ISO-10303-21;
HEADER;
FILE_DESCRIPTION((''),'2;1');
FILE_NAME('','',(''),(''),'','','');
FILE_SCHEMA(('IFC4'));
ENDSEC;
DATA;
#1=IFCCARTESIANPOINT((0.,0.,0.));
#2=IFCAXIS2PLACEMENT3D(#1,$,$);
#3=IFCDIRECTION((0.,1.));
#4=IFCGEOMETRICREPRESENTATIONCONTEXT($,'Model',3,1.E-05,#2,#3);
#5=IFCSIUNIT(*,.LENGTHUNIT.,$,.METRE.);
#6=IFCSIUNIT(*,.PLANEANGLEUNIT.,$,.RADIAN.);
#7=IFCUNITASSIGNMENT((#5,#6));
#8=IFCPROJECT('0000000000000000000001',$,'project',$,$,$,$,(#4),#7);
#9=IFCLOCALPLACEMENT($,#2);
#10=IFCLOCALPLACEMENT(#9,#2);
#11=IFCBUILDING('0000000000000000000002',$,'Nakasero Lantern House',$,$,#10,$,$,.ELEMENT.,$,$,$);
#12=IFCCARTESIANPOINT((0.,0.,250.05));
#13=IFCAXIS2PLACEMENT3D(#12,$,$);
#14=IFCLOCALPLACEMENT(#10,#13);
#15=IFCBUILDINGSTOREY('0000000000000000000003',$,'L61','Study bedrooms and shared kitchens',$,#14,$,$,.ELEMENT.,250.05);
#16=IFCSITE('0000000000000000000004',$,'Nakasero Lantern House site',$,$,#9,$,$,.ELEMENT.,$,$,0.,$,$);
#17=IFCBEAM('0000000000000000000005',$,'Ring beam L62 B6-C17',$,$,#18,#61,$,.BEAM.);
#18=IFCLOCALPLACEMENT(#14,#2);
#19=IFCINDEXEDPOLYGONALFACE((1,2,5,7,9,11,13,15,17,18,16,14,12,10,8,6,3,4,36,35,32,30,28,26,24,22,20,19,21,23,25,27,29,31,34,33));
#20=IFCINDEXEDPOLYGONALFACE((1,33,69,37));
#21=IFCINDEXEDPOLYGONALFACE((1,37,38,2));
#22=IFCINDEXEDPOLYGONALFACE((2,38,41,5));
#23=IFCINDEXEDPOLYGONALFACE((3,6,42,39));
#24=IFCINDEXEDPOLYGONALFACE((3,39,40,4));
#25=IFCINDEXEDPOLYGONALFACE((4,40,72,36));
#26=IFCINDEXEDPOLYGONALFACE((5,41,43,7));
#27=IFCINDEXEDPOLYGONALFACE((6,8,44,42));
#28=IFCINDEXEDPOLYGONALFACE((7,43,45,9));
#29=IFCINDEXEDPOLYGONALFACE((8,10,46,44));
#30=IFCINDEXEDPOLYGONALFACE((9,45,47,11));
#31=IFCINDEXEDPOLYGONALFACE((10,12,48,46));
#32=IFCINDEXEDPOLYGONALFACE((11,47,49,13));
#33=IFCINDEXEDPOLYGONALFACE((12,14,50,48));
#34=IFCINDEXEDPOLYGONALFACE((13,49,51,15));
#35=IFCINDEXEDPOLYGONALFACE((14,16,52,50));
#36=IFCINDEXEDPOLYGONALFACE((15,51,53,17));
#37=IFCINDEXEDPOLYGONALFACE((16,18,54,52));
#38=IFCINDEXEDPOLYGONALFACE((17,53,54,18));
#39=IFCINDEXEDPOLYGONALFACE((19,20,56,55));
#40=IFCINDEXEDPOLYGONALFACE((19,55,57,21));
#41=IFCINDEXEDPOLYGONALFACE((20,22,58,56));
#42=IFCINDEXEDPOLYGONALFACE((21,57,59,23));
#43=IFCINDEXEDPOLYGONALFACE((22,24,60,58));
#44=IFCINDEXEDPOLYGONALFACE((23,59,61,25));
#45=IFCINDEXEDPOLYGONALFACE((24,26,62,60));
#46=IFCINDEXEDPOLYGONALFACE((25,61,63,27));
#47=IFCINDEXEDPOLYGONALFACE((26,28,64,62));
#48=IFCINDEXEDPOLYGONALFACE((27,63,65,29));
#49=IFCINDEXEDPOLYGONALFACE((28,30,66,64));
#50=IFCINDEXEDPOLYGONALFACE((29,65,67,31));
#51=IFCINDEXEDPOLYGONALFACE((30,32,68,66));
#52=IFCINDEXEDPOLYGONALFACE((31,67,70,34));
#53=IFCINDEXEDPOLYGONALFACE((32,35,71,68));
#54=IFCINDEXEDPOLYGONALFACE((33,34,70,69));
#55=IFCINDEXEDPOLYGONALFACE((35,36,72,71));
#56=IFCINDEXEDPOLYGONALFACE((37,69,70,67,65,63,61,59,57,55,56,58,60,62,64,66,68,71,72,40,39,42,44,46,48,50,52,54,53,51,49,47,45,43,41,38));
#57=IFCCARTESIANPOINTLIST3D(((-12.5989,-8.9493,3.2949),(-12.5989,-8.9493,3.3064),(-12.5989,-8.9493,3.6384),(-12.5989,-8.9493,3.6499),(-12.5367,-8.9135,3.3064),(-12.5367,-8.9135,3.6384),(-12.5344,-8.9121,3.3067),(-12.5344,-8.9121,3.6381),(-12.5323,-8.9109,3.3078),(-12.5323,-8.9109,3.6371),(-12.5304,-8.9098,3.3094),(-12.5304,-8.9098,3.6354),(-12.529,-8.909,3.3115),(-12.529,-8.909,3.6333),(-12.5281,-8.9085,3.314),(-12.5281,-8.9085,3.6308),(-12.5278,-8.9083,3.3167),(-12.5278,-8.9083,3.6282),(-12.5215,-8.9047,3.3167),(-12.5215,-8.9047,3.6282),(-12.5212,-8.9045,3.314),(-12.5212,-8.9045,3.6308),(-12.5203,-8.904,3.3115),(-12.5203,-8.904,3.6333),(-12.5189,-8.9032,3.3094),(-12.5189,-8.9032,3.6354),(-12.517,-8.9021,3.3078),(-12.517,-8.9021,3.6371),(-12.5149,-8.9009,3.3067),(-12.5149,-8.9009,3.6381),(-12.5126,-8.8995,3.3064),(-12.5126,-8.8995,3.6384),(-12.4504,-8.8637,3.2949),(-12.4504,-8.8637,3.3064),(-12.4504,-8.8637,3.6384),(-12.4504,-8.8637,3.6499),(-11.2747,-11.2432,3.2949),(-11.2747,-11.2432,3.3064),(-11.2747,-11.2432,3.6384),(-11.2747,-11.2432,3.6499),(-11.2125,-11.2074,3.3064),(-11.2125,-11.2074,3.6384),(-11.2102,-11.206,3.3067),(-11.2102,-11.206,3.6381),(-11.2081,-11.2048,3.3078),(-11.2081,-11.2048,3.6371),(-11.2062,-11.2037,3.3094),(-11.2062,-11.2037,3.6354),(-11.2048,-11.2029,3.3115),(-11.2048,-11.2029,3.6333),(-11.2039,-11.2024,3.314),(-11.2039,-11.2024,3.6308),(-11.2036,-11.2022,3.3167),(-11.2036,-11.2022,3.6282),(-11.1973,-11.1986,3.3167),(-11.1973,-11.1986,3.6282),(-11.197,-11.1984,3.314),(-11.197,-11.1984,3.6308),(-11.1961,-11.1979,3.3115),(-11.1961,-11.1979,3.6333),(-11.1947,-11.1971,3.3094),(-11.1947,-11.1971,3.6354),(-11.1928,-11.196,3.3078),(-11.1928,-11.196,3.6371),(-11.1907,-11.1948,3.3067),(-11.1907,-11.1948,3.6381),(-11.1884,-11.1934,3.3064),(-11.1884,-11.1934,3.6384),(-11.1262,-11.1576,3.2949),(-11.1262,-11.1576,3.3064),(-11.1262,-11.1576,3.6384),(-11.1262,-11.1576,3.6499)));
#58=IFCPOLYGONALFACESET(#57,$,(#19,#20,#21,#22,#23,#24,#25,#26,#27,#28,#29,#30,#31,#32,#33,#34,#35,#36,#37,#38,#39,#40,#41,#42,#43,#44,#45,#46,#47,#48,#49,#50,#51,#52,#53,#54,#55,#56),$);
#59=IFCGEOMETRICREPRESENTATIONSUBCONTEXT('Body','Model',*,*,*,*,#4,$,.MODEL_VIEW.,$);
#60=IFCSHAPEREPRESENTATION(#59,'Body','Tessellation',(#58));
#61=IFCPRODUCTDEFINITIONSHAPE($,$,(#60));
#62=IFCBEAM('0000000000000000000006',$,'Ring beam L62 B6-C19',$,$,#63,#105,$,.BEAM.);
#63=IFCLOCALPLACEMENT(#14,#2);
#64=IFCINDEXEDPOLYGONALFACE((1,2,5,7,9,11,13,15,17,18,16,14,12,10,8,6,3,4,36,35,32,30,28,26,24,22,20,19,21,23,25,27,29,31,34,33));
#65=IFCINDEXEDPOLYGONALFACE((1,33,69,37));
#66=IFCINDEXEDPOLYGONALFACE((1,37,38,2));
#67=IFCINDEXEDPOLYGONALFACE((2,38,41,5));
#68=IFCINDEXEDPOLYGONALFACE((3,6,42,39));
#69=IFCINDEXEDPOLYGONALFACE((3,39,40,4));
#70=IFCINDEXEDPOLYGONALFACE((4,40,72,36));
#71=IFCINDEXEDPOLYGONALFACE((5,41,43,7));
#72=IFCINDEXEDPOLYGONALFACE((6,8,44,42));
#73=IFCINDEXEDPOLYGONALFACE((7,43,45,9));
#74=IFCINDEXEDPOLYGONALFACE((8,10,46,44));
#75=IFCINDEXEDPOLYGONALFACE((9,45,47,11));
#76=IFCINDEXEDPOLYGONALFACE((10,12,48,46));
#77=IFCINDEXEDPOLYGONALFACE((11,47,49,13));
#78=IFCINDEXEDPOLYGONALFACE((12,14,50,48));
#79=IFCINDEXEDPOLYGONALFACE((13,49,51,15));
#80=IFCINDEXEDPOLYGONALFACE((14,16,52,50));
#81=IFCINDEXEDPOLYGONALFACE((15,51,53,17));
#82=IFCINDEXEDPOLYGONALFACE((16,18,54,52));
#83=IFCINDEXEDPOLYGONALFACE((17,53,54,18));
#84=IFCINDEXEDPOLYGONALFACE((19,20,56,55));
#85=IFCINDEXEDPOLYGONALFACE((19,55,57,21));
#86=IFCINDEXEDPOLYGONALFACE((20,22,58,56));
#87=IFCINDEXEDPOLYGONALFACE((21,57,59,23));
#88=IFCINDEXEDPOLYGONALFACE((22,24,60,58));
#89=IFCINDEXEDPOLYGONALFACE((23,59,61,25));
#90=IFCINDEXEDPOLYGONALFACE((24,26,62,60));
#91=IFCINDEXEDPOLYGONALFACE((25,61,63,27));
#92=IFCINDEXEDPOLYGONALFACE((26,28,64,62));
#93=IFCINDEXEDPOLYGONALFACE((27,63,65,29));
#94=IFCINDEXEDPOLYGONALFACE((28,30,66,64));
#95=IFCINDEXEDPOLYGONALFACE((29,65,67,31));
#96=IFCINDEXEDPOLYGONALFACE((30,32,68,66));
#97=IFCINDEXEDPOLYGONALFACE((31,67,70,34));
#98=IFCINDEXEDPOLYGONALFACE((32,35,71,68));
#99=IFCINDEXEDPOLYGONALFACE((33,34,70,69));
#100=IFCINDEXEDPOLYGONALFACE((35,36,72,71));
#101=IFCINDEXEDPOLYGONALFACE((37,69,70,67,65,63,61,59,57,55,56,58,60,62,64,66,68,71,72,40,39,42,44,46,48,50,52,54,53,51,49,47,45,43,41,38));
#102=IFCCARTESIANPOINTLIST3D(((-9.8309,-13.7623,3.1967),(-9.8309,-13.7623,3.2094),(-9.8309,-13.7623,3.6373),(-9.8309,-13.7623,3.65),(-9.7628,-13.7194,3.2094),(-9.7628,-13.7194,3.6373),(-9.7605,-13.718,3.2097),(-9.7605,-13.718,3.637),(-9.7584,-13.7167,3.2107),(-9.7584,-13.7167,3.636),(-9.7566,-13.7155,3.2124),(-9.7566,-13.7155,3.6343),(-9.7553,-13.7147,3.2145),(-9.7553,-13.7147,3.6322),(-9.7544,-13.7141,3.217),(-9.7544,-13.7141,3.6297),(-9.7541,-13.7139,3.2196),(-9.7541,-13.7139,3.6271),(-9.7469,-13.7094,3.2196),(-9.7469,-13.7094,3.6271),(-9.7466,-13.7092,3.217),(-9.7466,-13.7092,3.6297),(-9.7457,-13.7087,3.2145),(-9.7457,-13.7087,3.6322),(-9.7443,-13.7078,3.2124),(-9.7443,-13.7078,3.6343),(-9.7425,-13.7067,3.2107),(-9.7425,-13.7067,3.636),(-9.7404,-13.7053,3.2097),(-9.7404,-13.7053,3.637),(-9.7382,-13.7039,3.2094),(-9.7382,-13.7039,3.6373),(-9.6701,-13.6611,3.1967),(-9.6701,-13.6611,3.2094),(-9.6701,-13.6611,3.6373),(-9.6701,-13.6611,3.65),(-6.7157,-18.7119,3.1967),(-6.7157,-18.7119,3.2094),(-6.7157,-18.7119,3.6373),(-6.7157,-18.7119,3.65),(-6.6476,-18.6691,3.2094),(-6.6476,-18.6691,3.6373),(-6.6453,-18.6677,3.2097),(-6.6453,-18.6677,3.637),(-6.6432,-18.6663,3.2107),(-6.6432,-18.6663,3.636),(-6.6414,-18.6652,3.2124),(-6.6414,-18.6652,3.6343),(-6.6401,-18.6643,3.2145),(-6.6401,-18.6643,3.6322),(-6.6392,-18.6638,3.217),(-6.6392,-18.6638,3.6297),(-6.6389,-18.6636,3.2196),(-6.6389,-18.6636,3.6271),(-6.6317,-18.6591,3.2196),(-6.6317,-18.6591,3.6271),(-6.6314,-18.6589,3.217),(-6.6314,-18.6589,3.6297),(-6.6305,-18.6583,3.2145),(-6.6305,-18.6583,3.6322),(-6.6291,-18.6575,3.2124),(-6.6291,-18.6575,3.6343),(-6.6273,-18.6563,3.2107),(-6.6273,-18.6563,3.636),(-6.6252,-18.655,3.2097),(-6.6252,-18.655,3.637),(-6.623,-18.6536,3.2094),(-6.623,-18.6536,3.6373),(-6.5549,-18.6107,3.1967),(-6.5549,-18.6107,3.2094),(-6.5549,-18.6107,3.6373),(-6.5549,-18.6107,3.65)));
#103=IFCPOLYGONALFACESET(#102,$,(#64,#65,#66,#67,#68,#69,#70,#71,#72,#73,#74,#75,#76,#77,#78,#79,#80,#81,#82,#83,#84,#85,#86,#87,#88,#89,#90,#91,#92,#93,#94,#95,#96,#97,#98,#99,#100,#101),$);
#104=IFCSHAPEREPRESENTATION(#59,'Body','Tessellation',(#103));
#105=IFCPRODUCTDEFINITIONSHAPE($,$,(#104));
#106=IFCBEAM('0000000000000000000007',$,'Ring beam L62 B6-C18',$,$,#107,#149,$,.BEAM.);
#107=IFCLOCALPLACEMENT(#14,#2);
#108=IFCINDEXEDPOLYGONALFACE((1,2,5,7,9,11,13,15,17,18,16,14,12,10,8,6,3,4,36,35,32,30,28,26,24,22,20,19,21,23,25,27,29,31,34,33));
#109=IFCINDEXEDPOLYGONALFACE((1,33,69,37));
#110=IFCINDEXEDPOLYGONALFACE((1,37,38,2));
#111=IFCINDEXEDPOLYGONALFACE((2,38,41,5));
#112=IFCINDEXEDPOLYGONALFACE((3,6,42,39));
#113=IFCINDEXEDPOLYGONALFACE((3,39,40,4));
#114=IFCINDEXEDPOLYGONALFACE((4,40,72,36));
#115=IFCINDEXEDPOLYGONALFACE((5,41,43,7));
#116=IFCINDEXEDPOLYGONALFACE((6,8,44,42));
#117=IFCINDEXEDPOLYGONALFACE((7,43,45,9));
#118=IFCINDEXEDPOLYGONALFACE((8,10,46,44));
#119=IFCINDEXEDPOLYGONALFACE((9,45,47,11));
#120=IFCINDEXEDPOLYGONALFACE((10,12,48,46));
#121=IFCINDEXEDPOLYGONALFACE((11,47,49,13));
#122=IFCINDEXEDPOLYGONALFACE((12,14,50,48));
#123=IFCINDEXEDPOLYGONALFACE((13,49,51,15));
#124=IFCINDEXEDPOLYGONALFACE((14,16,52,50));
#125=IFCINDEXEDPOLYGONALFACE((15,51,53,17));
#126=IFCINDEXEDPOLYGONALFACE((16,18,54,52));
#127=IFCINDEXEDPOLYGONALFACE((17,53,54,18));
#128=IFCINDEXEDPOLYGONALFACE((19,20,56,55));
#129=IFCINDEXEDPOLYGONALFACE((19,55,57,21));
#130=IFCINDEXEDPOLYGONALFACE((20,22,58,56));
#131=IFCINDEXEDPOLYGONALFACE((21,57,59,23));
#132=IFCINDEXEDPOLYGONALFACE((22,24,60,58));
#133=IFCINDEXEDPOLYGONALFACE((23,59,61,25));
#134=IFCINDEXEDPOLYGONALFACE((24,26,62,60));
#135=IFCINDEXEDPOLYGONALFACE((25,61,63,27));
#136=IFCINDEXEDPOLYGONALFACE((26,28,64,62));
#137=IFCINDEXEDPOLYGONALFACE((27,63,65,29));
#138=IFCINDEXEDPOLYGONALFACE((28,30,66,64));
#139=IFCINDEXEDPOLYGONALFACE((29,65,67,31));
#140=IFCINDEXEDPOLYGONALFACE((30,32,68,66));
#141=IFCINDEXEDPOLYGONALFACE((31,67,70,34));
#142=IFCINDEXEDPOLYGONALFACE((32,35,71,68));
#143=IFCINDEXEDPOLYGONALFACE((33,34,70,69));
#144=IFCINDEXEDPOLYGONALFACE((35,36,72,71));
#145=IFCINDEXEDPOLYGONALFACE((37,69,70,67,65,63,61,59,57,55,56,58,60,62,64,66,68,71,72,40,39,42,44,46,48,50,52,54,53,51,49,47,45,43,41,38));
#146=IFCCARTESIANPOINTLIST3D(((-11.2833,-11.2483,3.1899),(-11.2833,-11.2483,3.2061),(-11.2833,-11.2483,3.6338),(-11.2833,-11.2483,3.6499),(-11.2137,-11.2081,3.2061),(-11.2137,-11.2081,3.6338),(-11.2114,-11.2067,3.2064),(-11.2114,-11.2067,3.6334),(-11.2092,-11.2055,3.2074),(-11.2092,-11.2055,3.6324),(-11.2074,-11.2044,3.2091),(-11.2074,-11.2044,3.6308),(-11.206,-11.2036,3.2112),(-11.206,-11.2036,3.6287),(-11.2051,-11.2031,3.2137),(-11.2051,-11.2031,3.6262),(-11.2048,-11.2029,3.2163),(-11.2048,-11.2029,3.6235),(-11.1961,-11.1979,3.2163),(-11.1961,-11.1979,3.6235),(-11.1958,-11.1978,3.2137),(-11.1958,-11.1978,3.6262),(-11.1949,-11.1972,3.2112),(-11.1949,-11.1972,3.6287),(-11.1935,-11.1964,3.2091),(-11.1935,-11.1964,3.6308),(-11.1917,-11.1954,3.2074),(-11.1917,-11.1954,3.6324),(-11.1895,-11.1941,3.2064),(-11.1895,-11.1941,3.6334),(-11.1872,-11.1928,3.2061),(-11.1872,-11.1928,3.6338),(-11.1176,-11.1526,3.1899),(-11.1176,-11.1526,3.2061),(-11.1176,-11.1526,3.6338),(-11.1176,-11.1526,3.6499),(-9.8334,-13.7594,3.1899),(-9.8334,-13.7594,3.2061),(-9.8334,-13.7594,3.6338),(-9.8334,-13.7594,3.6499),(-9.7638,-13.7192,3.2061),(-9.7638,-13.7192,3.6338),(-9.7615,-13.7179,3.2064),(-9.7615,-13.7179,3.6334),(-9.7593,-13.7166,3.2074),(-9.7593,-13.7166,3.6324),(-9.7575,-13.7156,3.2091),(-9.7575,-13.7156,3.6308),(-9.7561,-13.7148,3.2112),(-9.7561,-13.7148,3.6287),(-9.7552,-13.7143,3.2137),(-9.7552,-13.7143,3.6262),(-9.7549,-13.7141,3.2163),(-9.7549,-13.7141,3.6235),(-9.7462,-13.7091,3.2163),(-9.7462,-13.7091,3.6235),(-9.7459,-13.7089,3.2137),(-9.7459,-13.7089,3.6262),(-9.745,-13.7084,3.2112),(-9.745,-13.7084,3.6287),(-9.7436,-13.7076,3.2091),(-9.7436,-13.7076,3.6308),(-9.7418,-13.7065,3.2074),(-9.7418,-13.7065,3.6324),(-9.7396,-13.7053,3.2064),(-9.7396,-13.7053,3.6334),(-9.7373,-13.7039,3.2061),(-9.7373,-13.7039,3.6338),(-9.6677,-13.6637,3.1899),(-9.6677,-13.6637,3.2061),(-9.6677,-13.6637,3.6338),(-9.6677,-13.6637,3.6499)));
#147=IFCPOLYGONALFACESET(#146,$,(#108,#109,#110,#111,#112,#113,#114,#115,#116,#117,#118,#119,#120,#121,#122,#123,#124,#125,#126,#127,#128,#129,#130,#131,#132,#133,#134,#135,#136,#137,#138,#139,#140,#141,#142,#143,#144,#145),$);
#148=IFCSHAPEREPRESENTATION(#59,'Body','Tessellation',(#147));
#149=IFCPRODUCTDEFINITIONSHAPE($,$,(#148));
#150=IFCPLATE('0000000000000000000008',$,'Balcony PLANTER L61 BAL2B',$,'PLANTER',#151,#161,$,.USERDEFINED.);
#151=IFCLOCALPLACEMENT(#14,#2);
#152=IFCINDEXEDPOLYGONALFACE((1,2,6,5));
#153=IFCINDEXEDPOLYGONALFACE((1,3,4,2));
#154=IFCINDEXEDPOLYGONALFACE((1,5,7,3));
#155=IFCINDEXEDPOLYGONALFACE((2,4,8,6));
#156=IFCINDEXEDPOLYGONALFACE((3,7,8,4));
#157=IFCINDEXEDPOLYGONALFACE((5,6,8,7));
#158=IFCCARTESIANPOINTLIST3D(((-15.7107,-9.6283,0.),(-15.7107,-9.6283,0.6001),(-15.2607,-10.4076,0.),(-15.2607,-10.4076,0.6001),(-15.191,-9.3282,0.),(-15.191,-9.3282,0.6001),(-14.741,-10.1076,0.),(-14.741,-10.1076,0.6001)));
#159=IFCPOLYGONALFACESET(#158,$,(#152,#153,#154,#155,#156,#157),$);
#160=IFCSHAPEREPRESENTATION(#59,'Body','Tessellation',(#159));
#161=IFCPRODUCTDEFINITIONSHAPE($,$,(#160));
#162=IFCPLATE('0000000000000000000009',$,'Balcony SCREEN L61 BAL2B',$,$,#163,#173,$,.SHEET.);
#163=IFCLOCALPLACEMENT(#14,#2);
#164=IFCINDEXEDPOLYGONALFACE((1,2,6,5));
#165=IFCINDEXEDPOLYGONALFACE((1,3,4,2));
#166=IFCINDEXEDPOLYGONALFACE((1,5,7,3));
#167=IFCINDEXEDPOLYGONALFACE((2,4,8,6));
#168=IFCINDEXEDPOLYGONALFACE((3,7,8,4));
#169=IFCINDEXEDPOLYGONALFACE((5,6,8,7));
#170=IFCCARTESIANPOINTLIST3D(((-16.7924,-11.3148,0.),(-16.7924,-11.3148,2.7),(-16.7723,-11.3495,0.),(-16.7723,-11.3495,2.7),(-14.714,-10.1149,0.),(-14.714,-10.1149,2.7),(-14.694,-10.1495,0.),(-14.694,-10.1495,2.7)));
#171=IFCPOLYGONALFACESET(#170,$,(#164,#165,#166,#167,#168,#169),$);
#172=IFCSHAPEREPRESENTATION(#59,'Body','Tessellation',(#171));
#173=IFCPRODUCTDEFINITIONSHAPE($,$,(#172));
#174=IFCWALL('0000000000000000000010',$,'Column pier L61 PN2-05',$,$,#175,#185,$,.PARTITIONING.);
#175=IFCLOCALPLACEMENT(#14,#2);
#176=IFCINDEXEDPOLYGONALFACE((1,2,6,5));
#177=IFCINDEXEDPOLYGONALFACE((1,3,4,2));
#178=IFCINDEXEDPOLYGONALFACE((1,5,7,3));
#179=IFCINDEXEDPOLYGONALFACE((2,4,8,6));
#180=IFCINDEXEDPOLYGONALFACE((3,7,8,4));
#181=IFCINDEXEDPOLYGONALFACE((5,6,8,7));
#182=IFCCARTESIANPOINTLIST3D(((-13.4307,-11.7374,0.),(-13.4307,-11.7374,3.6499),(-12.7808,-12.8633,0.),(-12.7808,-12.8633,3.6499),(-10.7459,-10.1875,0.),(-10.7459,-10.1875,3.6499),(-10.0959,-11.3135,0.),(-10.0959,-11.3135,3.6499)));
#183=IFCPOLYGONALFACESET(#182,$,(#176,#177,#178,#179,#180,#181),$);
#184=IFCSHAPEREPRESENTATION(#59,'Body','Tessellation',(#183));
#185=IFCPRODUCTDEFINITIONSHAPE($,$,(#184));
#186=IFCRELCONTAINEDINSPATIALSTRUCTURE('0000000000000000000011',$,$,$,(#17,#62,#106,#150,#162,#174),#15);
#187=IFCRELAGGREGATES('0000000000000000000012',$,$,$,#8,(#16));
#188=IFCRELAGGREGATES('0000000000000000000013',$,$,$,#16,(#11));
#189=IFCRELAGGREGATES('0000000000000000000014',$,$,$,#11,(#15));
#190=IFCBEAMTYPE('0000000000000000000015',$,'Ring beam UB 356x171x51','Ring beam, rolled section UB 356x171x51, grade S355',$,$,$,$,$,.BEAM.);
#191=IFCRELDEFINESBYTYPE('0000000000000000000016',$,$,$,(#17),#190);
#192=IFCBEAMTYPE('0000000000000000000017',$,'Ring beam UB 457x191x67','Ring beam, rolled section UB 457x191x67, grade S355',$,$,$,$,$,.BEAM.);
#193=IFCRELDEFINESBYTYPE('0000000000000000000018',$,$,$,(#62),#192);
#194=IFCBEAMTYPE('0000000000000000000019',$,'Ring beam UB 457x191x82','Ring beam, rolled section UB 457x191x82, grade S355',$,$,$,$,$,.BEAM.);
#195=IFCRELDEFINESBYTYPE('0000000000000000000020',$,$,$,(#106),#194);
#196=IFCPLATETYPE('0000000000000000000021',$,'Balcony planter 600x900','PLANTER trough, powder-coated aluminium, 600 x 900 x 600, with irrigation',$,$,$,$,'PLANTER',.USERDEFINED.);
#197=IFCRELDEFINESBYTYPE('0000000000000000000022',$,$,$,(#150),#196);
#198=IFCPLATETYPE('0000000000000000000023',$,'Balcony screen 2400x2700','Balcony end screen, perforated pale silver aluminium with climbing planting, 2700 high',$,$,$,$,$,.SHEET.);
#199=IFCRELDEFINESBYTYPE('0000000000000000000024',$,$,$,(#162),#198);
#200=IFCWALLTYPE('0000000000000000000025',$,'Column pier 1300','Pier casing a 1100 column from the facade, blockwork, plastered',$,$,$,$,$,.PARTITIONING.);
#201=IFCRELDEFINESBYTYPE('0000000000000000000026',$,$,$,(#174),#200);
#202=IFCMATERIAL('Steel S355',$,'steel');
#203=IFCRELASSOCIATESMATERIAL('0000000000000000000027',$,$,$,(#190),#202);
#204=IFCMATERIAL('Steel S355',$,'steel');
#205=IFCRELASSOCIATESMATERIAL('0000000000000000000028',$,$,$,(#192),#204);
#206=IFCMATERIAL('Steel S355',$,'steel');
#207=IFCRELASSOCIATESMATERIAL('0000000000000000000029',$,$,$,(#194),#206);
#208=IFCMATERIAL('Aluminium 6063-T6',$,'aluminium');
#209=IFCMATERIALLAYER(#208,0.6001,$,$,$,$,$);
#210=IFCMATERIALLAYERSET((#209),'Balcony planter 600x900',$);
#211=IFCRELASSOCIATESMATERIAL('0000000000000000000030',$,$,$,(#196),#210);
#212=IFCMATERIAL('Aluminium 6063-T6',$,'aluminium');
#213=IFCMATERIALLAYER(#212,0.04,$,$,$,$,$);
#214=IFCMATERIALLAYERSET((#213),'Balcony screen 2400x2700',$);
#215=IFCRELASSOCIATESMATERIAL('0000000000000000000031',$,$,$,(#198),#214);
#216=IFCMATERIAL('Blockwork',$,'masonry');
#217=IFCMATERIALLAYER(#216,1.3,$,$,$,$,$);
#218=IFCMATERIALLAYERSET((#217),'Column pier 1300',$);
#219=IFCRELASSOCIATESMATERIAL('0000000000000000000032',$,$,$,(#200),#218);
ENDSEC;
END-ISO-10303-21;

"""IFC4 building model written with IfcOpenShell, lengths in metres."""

from ifc_helpers import new_model, si_unit, direction, frame, frame_2d, origin, origin_2d, place, context, subcontext, project, spatial, rectangle, i_section, extrude, material, layer, layer_set, material_profile, profile_set, type_object, element, save


model = new_model("IFC4")

# Units and contexts
model_context = context("Model", 3, precision=1e-05, world=origin(), true_north=direction((0.0, 1.0)))
body_context = subcontext(model_context, "Body", "Model", "MODEL_VIEW")
ifc_project = project(units=[si_unit("LENGTHUNIT", "METRE"), si_unit("PLANEANGLEUNIT", "RADIAN")], contexts=[model_context])

# Site, building, storey
site_placement = place(None, origin())
site = spatial("IfcSite", under=ifc_project, at=site_placement, Name="Nakasero Lantern House site", CompositionType="ELEMENT", RefElevation=0.0)
building_placement = place(site_placement, origin())
building = spatial("IfcBuilding", under=site, at=building_placement, Name="Nakasero Lantern House", CompositionType="ELEMENT")
storey_placement = place(building_placement, frame((0.0, 0.0, 250.05)))
storey = spatial("IfcBuildingStorey", under=building, at=storey_placement, Name="L61", Description="Study bedrooms and shared kitchens", CompositionType="ELEMENT", Elevation=250.05)

# Beams
ifc_material_1 = material(Name="Steel S355", Category="steel")
ifc_material_profile_1 = material_profile(ifc_material_1, i_section(OverallWidth=0.1714, OverallDepth=0.355, WebThickness=0.0073, FlangeThickness=0.0115, FilletRadius=0.0103, at=origin_2d()), Name="UB 356x171x51")
ifc_profile_set_1 = profile_set([ifc_material_profile_1], Name="Steel S355")
beam_type_1 = type_object("IfcBeamType", Name="Ring beam UB 356x171x51", Description="Ring beam, rolled section UB 356x171x51, grade S355", PredefinedType="BEAM", material=ifc_profile_set_1)
beam_1_placement = place(storey_placement, frame((-12.5247, -8.9065, 3.4724), z_axis=(0.499946, -0.866057, 0.0), x_axis=(0.866057, 0.499946, 0.0)))
element("IfcBeam", 1, at=beam_1_placement, inside=storey, type_object=beam_type_1, Name="Ring beam L62 B6-C17", PredefinedType="BEAM", context=body_context, shape_type="SweptSolid", body=[
    extrude(i_section(OverallWidth=0.1714, OverallDepth=0.355, WebThickness=0.0073, FlangeThickness=0.0115, FilletRadius=0.0103, at=origin_2d()), origin(), (0.0, 0.0, 1.0), 2.6487),
])
ifc_material_2 = material(Name="Steel S355", Category="steel")
ifc_material_profile_2 = material_profile(ifc_material_2, i_section(OverallWidth=0.1899, OverallDepth=0.4534, WebThickness=0.0085, FlangeThickness=0.0127, FilletRadius=0.0103, at=origin_2d()), Name="UB 457x191x67")
ifc_profile_set_2 = profile_set([ifc_material_profile_2], Name="Steel S355")
beam_type_2 = type_object("IfcBeamType", Name="Ring beam UB 457x191x67", Description="Ring beam, rolled section UB 457x191x67, grade S355", PredefinedType="BEAM", material=ifc_profile_set_2)
beam_2_placement = place(storey_placement, frame((-9.7505, -13.7117, 3.4233), z_axis=(0.53266, -0.846329, 0.0), x_axis=(0.846329, 0.53266, 0.0)))
element("IfcBeam", 2, at=beam_2_placement, inside=storey, type_object=beam_type_2, Name="Ring beam L62 B6-C19", PredefinedType="BEAM", context=body_context, shape_type="SweptSolid", body=[
    extrude(i_section(OverallWidth=0.1899, OverallDepth=0.4534, WebThickness=0.0085, FlangeThickness=0.0127, FilletRadius=0.0103, at=origin_2d()), origin(), (0.0, 0.0, 1.0), 5.8484),
])
ifc_material_3 = material(Name="Steel S355", Category="steel")
ifc_material_profile_3 = material_profile(ifc_material_3, i_section(OverallWidth=0.1914, OverallDepth=0.46, WebThickness=0.01, FlangeThickness=0.0161, FilletRadius=0.0103, at=origin_2d()), Name="UB 457x191x82")
ifc_profile_set_3 = profile_set([ifc_material_profile_3], Name="Steel S355")
beam_type_3 = type_object("IfcBeamType", Name="Ring beam UB 457x191x82", Description="Ring beam, rolled section UB 457x191x82, grade S355", PredefinedType="BEAM", material=ifc_profile_set_3)
beam_3_placement = place(storey_placement, frame((-11.2004, -11.2004, 3.4199), z_axis=(0.500024, -0.866012, 0.0), x_axis=(0.866012, 0.500024, 0.0)))
element("IfcBeam", 3, at=beam_3_placement, inside=storey, type_object=beam_type_3, Name="Ring beam L62 B6-C18", PredefinedType="BEAM", context=body_context, shape_type="SweptSolid", body=[
    extrude(i_section(OverallWidth=0.1914, OverallDepth=0.46, WebThickness=0.01, FlangeThickness=0.0161, FilletRadius=0.0103, at=origin_2d()), origin(), (0.0, 0.0, 1.0), 2.8997),
])

# Plates
ifc_material_4 = material(Name="Aluminium 6063-T6", Category="aluminium")
ifc_layer_1 = layer(ifc_material_4, 0.6001)
ifc_layer_set_1 = layer_set([ifc_layer_1], Name="Balcony planter 600x900")
plate_type_1 = type_object("IfcPlateType", Name="Balcony planter 600x900", Description="PLANTER trough, powder-coated aluminium, 600 x 900 x 600, with irrigation", ElementType="PLANTER", PredefinedType="USERDEFINED", material=ifc_layer_set_1)
plate_1_placement = place(storey_placement, frame((-15.2258, -9.8679, 0.0), z_axis=(0.0, 0.0, 1.0), x_axis=(-0.866025, -0.5, 0.0)))
element("IfcPlate", 4, at=plate_1_placement, inside=storey, type_object=plate_type_1, Name="Balcony PLANTER L61 BAL2B", ObjectType="PLANTER", PredefinedType="USERDEFINED", context=body_context, shape_type="SweptSolid", body=[
    extrude(rectangle(XDim=0.6001, YDim=0.8999, at=origin_2d()), origin(), (0.0, 0.0, 1.0), 0.6001),
])
ifc_material_5 = material(Name="Aluminium 6063-T6", Category="aluminium")
ifc_layer_2 = layer(ifc_material_5, 0.04)
ifc_layer_set_2 = layer_set([ifc_layer_2], Name="Balcony screen 2400x2700")
plate_type_2 = type_object("IfcPlateType", Name="Balcony screen 2400x2700", Description="Balcony end screen, perforated pale silver aluminium with climbing planting, 2700 high", PredefinedType="SHEET", material=ifc_layer_set_2)
plate_2_placement = place(storey_placement, frame((-15.7432, -10.7322, 0.0), z_axis=(0.0, 0.0, 1.0), x_axis=(-0.866025, -0.5, 0.0)))
element("IfcPlate", 5, at=plate_2_placement, inside=storey, type_object=plate_type_2, Name="Balcony SCREEN L61 BAL2B", PredefinedType="SHEET", context=body_context, shape_type="SweptSolid", body=[
    extrude(rectangle(XDim=2.3999, YDim=0.04, at=origin_2d()), origin(), (0.0, 0.0, 1.0), 2.7),
])

# Wall
ifc_material_6 = material(Name="Blockwork", Category="masonry")
ifc_layer_3 = layer(ifc_material_6, 1.3)
ifc_layer_set_3 = layer_set([ifc_layer_3], Name="Column pier 1300")
wall_type_1 = type_object("IfcWallType", Name="Column pier 1300", Description="Pier casing a 1100 column from the facade, blockwork, plastered", PredefinedType="PARTITIONING", material=ifc_layer_set_3)
wall_1_placement = place(storey_placement, frame((-10.4209, -10.7505, 0.0), z_axis=(0.0, 0.0, 1.0), x_axis=(-0.866064, -0.499934, 0.0)))
element("IfcWall", 6, at=wall_1_placement, inside=storey, type_object=wall_type_1, Name="Column pier L61 PN2-05", PredefinedType="PARTITIONING", context=body_context, shape_type="SweptSolid", body=[
    extrude(rectangle(XDim=3.1001, YDim=1.3, at=frame_2d((1.55, 0.0))), origin(), (0.0, 0.0, 1.0), 3.6499),
])

save(model, "model.ifc")
